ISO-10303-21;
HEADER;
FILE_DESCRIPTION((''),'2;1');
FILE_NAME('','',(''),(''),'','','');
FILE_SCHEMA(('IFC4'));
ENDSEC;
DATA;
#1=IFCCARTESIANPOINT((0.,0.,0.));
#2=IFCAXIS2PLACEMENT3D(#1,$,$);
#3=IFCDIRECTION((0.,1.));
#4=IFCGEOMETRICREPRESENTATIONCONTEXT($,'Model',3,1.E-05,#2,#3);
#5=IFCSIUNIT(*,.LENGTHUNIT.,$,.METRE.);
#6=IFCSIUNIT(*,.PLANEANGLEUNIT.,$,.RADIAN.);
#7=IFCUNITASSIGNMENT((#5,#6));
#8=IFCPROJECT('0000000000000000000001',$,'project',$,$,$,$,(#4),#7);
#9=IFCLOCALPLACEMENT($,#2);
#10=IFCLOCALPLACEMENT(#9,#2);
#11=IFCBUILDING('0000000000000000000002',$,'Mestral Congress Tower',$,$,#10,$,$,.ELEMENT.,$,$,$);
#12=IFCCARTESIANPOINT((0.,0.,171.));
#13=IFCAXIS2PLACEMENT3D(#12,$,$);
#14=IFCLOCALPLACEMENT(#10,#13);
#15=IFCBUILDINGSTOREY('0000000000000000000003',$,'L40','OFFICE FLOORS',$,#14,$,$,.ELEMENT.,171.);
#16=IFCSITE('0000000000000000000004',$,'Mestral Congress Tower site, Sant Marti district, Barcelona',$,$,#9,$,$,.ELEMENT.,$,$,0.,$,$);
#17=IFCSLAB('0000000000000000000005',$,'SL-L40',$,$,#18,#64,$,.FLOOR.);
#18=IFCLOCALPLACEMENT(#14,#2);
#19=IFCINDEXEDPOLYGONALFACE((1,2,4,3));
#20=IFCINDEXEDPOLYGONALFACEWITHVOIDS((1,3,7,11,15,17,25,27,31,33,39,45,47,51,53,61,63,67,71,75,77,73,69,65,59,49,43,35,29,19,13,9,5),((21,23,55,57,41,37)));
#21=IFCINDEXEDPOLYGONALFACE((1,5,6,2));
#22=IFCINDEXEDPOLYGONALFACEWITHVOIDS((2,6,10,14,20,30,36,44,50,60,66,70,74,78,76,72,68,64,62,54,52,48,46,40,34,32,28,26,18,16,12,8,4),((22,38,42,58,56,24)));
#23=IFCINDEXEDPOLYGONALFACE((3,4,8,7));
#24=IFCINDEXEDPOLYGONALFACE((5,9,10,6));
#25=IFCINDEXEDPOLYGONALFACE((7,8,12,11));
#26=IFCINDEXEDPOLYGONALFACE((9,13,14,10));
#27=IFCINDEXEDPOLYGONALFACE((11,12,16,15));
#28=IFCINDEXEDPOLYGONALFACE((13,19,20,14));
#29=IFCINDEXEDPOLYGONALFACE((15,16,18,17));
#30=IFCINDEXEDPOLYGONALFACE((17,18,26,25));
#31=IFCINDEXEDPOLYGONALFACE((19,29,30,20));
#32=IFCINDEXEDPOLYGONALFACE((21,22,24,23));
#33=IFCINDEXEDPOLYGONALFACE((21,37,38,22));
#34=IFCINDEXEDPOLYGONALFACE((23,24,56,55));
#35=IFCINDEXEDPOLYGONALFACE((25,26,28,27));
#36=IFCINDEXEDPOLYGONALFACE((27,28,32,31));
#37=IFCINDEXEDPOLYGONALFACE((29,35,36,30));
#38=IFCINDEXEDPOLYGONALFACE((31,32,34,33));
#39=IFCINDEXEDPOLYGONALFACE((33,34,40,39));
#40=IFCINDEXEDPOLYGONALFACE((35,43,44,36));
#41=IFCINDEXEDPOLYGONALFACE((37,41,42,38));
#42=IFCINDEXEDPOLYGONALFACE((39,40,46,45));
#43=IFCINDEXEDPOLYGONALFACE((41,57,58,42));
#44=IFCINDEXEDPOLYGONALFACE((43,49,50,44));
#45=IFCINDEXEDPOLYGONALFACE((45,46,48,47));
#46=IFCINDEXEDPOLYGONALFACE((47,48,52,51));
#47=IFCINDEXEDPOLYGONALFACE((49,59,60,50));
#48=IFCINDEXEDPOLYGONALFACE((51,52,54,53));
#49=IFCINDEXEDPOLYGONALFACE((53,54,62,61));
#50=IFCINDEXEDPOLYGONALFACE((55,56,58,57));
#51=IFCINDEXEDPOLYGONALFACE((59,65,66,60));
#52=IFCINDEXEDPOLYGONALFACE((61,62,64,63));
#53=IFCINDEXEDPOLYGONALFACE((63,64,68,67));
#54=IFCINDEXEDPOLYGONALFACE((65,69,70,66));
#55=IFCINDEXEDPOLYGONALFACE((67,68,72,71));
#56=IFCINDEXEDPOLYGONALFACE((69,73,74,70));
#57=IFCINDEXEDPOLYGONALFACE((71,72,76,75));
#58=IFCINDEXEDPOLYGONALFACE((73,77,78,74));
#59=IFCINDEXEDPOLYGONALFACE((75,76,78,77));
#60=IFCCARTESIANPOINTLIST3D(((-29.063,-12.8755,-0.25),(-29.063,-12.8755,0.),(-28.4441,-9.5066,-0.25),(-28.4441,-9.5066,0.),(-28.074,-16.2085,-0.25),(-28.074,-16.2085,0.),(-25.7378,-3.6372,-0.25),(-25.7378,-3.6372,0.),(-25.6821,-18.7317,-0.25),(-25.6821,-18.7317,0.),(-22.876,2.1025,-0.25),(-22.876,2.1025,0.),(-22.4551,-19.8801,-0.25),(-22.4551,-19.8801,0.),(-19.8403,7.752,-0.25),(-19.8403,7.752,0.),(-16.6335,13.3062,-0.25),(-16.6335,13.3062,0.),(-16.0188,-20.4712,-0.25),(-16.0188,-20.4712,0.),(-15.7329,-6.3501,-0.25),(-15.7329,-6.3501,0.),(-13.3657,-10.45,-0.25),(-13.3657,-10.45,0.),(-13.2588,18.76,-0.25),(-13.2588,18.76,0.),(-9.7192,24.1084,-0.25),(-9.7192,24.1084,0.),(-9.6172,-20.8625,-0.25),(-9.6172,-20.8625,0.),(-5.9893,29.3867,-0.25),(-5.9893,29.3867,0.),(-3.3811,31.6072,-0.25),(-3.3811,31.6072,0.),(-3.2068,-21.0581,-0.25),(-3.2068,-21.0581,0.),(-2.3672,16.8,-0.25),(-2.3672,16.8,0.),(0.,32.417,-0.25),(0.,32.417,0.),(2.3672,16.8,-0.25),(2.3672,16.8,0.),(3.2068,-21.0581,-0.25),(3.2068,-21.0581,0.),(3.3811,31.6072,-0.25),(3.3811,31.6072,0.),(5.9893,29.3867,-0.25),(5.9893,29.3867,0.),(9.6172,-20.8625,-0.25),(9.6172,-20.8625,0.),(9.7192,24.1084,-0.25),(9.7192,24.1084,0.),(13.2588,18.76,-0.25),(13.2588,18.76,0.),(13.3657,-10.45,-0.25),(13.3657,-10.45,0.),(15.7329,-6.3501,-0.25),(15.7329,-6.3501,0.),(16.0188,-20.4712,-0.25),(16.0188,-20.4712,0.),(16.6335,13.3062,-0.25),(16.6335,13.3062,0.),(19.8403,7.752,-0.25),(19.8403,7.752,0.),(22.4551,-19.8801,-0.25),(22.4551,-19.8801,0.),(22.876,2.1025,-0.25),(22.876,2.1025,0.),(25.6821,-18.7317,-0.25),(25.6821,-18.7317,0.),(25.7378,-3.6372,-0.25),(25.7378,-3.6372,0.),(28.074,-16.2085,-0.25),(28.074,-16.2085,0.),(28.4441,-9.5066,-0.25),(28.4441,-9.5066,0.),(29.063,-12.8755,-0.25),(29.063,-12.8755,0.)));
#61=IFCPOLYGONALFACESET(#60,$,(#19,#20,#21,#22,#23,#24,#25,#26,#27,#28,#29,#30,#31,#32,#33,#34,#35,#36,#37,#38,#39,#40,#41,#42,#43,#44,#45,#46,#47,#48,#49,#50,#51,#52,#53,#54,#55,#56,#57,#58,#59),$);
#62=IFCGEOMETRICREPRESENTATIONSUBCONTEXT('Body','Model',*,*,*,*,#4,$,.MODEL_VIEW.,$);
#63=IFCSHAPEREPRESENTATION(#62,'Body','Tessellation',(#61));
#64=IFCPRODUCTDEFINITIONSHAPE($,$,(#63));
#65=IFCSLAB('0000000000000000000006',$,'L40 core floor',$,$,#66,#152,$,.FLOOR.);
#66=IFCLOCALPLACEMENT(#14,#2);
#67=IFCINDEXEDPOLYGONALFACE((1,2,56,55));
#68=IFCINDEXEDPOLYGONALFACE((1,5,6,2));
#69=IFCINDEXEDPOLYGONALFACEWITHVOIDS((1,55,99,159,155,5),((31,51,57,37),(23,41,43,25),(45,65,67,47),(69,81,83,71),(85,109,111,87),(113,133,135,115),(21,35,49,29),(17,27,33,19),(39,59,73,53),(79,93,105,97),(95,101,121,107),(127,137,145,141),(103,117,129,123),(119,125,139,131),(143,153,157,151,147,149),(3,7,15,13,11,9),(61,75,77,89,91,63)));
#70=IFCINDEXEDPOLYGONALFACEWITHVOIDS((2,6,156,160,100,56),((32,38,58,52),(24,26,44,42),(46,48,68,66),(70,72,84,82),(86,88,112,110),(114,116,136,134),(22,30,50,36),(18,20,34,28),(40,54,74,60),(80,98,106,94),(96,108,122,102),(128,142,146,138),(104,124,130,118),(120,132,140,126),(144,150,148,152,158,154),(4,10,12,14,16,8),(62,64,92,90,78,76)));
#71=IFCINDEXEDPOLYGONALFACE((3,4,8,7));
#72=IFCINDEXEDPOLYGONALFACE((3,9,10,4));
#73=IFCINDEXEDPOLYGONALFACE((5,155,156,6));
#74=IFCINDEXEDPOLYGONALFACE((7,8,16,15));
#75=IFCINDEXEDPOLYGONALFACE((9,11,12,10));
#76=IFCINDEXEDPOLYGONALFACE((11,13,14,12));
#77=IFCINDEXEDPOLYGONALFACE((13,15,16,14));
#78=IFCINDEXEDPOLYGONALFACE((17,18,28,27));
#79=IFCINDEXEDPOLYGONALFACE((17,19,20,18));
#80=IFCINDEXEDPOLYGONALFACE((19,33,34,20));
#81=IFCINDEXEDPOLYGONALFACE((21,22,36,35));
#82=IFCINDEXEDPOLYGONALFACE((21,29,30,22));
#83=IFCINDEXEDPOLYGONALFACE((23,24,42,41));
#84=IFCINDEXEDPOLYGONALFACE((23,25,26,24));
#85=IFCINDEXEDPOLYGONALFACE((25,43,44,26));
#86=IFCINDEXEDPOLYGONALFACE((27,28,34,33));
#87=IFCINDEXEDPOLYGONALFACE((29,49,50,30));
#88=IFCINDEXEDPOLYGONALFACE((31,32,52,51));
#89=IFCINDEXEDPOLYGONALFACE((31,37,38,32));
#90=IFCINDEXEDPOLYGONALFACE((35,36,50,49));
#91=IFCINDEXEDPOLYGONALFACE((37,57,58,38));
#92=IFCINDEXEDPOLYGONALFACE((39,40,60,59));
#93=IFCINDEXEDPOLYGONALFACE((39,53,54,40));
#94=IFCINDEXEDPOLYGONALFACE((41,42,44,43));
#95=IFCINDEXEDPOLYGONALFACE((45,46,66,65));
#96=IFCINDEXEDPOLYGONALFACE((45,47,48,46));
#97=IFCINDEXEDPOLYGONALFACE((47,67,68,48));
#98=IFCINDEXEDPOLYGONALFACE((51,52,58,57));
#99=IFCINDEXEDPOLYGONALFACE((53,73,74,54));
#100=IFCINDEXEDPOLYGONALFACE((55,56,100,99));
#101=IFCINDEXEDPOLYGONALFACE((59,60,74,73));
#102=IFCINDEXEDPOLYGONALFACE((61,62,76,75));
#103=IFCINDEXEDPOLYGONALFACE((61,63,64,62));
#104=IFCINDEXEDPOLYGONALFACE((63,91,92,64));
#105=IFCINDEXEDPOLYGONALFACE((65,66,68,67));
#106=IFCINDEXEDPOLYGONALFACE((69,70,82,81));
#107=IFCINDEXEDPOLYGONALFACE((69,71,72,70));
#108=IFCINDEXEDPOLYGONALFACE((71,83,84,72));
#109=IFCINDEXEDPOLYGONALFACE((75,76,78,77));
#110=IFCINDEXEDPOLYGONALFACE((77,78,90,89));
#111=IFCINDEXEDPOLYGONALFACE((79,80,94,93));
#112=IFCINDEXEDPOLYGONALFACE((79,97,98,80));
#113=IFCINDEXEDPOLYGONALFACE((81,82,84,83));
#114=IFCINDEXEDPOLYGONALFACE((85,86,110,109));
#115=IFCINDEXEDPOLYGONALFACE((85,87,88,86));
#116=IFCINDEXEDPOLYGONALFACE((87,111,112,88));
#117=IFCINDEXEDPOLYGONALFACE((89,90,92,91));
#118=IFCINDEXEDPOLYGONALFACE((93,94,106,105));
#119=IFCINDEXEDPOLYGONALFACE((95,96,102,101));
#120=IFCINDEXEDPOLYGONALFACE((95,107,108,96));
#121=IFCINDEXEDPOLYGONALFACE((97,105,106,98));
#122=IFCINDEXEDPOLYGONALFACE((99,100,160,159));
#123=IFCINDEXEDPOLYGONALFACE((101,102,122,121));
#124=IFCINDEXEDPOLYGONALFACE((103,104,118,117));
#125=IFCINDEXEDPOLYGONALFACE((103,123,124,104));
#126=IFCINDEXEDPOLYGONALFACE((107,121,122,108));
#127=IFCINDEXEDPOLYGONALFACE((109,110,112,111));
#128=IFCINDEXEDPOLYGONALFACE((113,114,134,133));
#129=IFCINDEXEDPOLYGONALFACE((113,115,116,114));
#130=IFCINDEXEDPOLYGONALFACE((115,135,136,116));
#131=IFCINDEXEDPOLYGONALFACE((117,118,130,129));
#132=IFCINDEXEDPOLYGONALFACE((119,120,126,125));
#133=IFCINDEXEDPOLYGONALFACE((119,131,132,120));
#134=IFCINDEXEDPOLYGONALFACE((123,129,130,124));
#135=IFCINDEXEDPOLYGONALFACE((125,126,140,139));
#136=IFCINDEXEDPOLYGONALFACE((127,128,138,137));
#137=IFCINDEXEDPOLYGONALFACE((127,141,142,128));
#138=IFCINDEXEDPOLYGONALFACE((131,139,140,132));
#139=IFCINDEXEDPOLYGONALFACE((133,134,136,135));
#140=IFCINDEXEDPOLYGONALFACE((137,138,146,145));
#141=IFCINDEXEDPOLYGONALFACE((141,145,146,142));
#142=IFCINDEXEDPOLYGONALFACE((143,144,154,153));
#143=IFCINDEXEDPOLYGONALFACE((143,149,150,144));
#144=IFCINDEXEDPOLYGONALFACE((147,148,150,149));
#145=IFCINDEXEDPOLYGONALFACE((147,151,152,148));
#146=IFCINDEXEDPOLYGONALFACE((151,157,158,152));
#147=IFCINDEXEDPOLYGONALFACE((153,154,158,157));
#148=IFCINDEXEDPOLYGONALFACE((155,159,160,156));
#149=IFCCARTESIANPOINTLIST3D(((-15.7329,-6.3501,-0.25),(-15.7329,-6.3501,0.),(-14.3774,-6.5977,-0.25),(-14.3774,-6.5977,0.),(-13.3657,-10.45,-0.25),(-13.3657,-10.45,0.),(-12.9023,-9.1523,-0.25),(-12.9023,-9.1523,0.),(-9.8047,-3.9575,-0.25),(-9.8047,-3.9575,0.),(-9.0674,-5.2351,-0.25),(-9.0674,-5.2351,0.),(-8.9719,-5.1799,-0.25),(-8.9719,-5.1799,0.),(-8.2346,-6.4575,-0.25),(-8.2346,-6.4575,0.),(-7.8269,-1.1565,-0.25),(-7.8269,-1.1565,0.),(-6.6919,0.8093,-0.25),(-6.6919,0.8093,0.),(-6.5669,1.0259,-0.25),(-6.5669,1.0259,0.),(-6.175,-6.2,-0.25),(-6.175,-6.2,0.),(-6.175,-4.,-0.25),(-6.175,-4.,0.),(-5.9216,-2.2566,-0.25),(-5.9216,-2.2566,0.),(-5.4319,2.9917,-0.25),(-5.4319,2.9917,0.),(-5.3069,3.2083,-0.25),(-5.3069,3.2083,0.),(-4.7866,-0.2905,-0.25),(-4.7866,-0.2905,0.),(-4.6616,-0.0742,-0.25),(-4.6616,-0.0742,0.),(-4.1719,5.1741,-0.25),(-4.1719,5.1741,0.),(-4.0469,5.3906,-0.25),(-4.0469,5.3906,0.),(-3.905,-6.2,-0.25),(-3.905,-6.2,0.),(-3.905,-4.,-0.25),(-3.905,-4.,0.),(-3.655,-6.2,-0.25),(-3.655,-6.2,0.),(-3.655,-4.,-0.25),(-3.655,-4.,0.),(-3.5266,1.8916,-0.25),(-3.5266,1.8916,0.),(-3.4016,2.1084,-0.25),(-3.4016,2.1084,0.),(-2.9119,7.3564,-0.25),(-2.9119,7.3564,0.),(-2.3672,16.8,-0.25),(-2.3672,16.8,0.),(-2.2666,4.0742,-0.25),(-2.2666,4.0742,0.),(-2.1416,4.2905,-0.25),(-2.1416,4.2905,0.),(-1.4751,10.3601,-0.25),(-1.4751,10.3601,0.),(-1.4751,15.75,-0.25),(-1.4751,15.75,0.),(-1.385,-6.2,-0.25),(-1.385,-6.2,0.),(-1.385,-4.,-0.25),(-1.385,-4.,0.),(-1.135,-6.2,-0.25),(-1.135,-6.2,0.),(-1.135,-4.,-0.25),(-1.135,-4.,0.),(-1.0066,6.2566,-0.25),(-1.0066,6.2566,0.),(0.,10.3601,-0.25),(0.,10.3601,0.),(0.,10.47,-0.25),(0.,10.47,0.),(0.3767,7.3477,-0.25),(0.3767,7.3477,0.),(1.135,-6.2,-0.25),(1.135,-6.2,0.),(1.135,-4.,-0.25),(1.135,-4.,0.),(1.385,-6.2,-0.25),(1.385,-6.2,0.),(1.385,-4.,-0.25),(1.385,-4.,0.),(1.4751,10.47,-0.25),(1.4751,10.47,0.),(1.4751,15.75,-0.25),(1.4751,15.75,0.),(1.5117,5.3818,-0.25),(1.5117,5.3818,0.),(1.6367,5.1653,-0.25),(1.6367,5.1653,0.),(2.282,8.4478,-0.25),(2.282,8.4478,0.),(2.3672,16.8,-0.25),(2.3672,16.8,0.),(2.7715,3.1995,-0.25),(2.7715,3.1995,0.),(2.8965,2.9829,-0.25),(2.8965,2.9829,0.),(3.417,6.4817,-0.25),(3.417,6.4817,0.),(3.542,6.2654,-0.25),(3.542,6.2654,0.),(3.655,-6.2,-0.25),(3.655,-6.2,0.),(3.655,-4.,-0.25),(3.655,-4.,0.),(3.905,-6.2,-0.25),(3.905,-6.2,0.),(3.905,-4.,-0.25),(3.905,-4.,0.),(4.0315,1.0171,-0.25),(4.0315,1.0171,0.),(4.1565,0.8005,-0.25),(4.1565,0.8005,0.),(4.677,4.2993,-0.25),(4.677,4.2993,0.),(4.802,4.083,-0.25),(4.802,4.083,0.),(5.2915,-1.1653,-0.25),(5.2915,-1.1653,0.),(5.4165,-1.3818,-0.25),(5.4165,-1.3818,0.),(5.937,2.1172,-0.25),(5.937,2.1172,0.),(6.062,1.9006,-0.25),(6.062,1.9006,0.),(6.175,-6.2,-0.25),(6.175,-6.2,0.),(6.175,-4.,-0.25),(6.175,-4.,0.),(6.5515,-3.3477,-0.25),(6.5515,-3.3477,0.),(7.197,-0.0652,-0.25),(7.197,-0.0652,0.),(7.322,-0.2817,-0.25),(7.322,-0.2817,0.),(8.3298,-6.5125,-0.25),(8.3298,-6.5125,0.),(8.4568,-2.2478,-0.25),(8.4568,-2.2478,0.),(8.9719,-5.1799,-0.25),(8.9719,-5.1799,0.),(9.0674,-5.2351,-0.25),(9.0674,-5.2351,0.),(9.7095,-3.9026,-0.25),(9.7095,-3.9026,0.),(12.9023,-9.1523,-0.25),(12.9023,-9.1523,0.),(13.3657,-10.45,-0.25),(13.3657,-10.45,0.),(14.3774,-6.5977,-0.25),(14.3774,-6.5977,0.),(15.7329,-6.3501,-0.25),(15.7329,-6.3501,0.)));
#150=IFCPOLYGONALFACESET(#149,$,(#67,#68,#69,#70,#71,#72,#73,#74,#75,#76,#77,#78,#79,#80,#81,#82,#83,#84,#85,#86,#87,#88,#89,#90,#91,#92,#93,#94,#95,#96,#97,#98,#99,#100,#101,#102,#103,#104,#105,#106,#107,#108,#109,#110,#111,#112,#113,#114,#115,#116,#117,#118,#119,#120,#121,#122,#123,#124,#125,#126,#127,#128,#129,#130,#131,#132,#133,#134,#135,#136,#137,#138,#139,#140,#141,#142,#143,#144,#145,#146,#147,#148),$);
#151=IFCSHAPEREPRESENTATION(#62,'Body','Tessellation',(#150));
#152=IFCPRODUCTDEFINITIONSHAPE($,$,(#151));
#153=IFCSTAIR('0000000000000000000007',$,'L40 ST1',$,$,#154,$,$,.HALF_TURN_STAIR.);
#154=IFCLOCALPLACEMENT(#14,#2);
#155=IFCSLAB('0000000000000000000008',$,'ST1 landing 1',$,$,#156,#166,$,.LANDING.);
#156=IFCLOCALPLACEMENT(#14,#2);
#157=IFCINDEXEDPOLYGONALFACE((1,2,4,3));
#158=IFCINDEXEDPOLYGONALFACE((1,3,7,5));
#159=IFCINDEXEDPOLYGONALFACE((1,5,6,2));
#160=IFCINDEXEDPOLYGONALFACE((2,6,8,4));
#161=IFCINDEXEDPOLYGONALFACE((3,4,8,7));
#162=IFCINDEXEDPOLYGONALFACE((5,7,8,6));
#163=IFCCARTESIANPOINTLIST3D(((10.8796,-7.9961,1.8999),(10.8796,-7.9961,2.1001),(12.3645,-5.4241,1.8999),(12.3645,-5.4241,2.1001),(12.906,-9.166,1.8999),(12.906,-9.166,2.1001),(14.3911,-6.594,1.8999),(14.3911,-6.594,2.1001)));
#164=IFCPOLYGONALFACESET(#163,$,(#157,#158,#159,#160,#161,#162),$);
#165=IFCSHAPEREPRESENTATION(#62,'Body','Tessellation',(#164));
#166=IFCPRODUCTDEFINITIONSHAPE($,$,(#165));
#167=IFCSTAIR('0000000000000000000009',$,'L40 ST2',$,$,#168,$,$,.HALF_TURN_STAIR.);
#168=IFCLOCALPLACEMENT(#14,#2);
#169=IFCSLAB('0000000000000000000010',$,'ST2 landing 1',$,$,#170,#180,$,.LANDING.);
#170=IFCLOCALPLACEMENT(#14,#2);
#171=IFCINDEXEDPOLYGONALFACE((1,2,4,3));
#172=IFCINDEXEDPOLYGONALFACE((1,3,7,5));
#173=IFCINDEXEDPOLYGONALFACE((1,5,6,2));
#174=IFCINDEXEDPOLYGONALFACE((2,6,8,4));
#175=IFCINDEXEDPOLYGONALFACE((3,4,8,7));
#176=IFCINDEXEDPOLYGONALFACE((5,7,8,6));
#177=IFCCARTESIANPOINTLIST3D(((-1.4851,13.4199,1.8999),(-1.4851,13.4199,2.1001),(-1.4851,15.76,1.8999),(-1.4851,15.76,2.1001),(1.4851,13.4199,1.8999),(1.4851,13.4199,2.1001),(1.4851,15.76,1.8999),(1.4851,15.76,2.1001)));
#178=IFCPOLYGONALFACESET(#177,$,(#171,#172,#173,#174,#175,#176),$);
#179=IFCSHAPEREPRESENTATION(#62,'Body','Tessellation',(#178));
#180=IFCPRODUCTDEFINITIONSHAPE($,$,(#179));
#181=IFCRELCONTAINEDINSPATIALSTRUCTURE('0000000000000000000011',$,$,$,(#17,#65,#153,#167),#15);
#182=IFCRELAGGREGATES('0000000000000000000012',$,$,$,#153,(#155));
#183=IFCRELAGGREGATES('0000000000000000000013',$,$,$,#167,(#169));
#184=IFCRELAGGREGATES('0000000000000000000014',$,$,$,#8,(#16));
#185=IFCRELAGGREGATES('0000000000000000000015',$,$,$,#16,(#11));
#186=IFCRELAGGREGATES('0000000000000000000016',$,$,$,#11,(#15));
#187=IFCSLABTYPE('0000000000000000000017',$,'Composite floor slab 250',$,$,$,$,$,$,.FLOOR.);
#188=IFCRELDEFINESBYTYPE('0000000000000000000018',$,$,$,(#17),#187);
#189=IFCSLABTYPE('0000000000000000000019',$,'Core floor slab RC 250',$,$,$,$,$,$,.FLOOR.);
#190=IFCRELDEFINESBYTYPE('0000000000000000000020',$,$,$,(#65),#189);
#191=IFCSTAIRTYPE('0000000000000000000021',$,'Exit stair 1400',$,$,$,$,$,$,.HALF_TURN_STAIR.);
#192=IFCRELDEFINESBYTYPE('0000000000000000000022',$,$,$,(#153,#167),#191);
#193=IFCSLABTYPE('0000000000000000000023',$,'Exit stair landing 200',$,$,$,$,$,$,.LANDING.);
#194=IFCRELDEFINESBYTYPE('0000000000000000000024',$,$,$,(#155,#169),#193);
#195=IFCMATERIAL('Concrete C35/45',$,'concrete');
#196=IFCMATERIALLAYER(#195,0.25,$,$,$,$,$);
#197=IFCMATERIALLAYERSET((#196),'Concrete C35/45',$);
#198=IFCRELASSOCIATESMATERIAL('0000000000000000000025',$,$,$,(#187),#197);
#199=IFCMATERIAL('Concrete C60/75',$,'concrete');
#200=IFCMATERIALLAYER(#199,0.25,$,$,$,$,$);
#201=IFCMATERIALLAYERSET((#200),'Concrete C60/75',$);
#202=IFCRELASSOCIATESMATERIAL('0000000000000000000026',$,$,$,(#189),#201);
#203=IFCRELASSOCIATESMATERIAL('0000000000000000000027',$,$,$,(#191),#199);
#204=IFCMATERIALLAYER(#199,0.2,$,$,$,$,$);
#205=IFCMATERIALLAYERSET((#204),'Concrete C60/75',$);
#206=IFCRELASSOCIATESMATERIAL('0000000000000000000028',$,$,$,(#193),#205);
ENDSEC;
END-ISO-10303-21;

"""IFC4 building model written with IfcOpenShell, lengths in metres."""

from ifc_helpers import new_model, si_unit, direction, frame, origin, place, context, subcontext, project, spatial, polyline, outline, extrude, material, layer, layer_set, type_object, element, aggregate, save


model = new_model("IFC4")

# Units and contexts
model_context = context("Model", 3, precision=1e-05, world=origin(), true_north=direction((0.0, 1.0)))
body_context = subcontext(model_context, "Body", "Model", "MODEL_VIEW")
ifc_project = project(units=[si_unit("LENGTHUNIT", "METRE"), si_unit("PLANEANGLEUNIT", "RADIAN")], contexts=[model_context])

# Site, building, storey
site_placement = place(None, origin())
site = spatial("IfcSite", under=ifc_project, at=site_placement, Name="Mestral Congress Tower site, Sant Marti district, Barcelona", CompositionType="ELEMENT", RefElevation=0.0)
building_placement = place(site_placement, origin())
building = spatial("IfcBuilding", under=site, at=building_placement, Name="Mestral Congress Tower", CompositionType="ELEMENT")
storey_placement = place(building_placement, frame((0.0, 0.0, 171.0)))
storey = spatial("IfcBuildingStorey", under=building, at=storey_placement, Name="L40", Description="OFFICE FLOORS", CompositionType="ELEMENT", Elevation=171.0)

# Slabs
ifc_material_1 = material(Name="Concrete C35/45", Category="concrete")
ifc_layer_1 = layer(ifc_material_1, 0.25)
ifc_layer_set_1 = layer_set([ifc_layer_1], Name="Concrete C35/45")
slab_type_1 = type_object("IfcSlabType", Name="Composite floor slab 250", PredefinedType="FLOOR", material=ifc_layer_set_1)
placement_1 = place(storey_placement, frame((0.0, 0.0, -0.25)))
element("IfcSlab", 1, at=placement_1, inside=storey, type_object=slab_type_1, Name="SL-L40", PredefinedType="FLOOR", context=body_context, shape_type="SweptSolid", body=[
    extrude(outline(polyline([(-22.4551, -19.8801), (-25.6821, -18.7317), (-28.074, -16.2085), (-29.063, -12.8755), (-28.4441, -9.5066), (-25.7378, -3.6372), (-22.876, 2.1025), (-19.8403, 7.752), (-16.6335, 13.3062), (-13.2588, 18.76), (-9.7192, 24.1084), (-5.9893, 29.3867), (-3.3811, 31.6072), (0.0, 32.417), (3.3811, 31.6072), (5.9893, 29.3867), (9.7192, 24.1084), (13.2588, 18.76), (16.6335, 13.3062), (19.8403, 7.752), (22.876, 2.1025), (25.7378, -3.6372), (28.4441, -9.5066), (29.063, -12.8755), (28.074, -16.2085), (25.6821, -18.7317), (22.4551, -19.8801), (16.0188, -20.4712), (9.6172, -20.8625), (3.2068, -21.0581), (-3.2068, -21.0581), (-9.6172, -20.8625), (-16.0188, -20.4712), (-22.4551, -19.8801)]), holes=[polyline([(-2.3672, 16.8), (-15.7329, -6.3501), (-13.3657, -10.45), (13.3657, -10.45), (15.7329, -6.3501), (2.3672, 16.8), (-2.3672, 16.8)])]), origin(), (0.0, 0.0, 1.0), 0.25),
])
ifc_material_2 = material(Name="Concrete C60/75", Category="concrete")
ifc_layer_2 = layer(ifc_material_2, 0.25)
ifc_layer_set_2 = layer_set([ifc_layer_2], Name="Concrete C60/75")
slab_type_2 = type_object("IfcSlabType", Name="Core floor slab RC 250", PredefinedType="FLOOR", material=ifc_layer_set_2)
element("IfcSlab", 2, at=placement_1, inside=storey, type_object=slab_type_2, Name="L40 core floor", PredefinedType="FLOOR", context=body_context, shape_type="SweptSolid", body=[
    extrude(outline(polyline([(13.3657, -10.45), (-13.3657, -10.45), (-15.7329, -6.3501), (-2.3672, 16.8), (2.3672, 16.8), (15.7329, -6.3501), (13.3657, -10.45)]), holes=[polyline([(-9.8047, -3.9575), (-14.3774, -6.5977), (-12.9023, -9.1523), (-8.2346, -6.4575), (-8.9719, -5.1799), (-9.0674, -5.2351), (-9.8047, -3.9575)]), polyline([(-3.905, -4.0), (-6.175, -4.0), (-6.175, -6.2), (-3.905, -6.2), (-3.905, -4.0)]), polyline([(-1.385, -4.0), (-3.655, -4.0), (-3.655, -6.2), (-1.385, -6.2), (-1.385, -4.0)]), polyline([(1.135, -4.0), (-1.135, -4.0), (-1.135, -6.2), (1.135, -6.2), (1.135, -4.0)]), polyline([(-5.9216, -2.2566), (-4.7866, -0.2905), (-6.6919, 0.8093), (-7.8269, -1.1565), (-5.9216, -2.2566)]), polyline([(-4.6616, -0.0742), (-3.5266, 1.8916), (-5.4319, 2.9917), (-6.5669, 1.0259), (-4.6616, -0.0742)]), polyline([(-3.4016, 2.1084), (-2.2666, 4.0742), (-4.1719, 5.1741), (-5.3069, 3.2083), (-3.4016, 2.1084)]), polyline([(-2.1416, 4.2905), (-1.0066, 6.2566), (-2.9119, 7.3564), (-4.0469, 5.3906), (-2.1416, 4.2905)]), polyline([(1.4751, 10.47), (1.4751, 15.75), (-1.4751, 15.75), (-1.4751, 10.3601), (0.0, 10.3601), (0.0, 10.47), (1.4751, 10.47)]), polyline([(8.3298, -6.5125), (12.9023, -9.1523), (14.3774, -6.5977), (9.7095, -3.9026), (8.9719, -5.1799), (9.0674, -5.2351), (8.3298, -6.5125)]), polyline([(3.655, -4.0), (1.385, -4.0), (1.385, -6.2), (3.655, -6.2), (3.655, -4.0)]), polyline([(6.175, -4.0), (3.905, -4.0), (3.905, -6.2), (6.175, -6.2), (6.175, -4.0)]), polyline([(5.4165, -1.3818), (6.5515, -3.3477), (8.4568, -2.2478), (7.322, -0.2817), (5.4165, -1.3818)]), polyline([(4.1565, 0.8005), (5.2915, -1.1653), (7.197, -0.0652), (6.062, 1.9006), (4.1565, 0.8005)]), polyline([(2.8965, 2.9829), (4.0315, 1.0171), (5.937, 2.1172), (4.802, 4.083), (2.8965, 2.9829)]), polyline([(3.542, 6.2654), (1.6367, 5.1653), (2.7715, 3.1995), (4.677, 4.2993), (3.542, 6.2654)]), polyline([(2.282, 8.4478), (0.3767, 7.3477), (1.5117, 5.3818), (3.417, 6.4817), (2.282, 8.4478)])]), origin(), (0.0, 0.0, 1.0), 0.25),
])

# Stairs, slabs
stair_type = type_object("IfcStairType", Name="Exit stair 1400", PredefinedType="HALF_TURN_STAIR", material=ifc_material_2)
placement_2 = place(storey_placement, origin())
stair_1 = element("IfcStair", 3, at=placement_2, inside=storey, type_object=stair_type, Name="L40 ST1", PredefinedType="HALF_TURN_STAIR")
ifc_layer_3 = layer(ifc_material_2, 0.2)
ifc_layer_set_3 = layer_set([ifc_layer_3], Name="Concrete C60/75")
slab_type_3 = type_object("IfcSlabType", Name="Exit stair landing 200", PredefinedType="LANDING", material=ifc_layer_set_3)
placement_3 = place(storey_placement, frame((0.0, 0.0, 1.8999)))
slab_1 = element("IfcSlab", 4, at=placement_3, type_object=slab_type_3, Name="ST1 landing 1", PredefinedType="LANDING", context=body_context, shape_type="SweptSolid", body=[
    extrude(outline(polyline([(10.8796, -7.9961), (12.3645, -5.4241), (14.3911, -6.594), (12.906, -9.166), (10.8796, -7.9961)])), origin(), (0.0, 0.0, 1.0), 0.2002),
])
aggregate(stair_1, [slab_1])
stair_2 = element("IfcStair", 5, at=placement_2, inside=storey, type_object=stair_type, Name="L40 ST2", PredefinedType="HALF_TURN_STAIR")
slab_2 = element("IfcSlab", 6, at=placement_3, type_object=slab_type_3, Name="ST2 landing 1", PredefinedType="LANDING", context=body_context, shape_type="SweptSolid", body=[
    extrude(outline(polyline([(1.4851, 13.4199), (-1.4851, 13.4199), (-1.4851, 15.76), (1.4851, 15.76), (1.4851, 13.4199)])), origin(), (0.0, 0.0, 1.0), 0.2002),
])
aggregate(stair_2, [slab_2])

save(model, "model.ifc")
